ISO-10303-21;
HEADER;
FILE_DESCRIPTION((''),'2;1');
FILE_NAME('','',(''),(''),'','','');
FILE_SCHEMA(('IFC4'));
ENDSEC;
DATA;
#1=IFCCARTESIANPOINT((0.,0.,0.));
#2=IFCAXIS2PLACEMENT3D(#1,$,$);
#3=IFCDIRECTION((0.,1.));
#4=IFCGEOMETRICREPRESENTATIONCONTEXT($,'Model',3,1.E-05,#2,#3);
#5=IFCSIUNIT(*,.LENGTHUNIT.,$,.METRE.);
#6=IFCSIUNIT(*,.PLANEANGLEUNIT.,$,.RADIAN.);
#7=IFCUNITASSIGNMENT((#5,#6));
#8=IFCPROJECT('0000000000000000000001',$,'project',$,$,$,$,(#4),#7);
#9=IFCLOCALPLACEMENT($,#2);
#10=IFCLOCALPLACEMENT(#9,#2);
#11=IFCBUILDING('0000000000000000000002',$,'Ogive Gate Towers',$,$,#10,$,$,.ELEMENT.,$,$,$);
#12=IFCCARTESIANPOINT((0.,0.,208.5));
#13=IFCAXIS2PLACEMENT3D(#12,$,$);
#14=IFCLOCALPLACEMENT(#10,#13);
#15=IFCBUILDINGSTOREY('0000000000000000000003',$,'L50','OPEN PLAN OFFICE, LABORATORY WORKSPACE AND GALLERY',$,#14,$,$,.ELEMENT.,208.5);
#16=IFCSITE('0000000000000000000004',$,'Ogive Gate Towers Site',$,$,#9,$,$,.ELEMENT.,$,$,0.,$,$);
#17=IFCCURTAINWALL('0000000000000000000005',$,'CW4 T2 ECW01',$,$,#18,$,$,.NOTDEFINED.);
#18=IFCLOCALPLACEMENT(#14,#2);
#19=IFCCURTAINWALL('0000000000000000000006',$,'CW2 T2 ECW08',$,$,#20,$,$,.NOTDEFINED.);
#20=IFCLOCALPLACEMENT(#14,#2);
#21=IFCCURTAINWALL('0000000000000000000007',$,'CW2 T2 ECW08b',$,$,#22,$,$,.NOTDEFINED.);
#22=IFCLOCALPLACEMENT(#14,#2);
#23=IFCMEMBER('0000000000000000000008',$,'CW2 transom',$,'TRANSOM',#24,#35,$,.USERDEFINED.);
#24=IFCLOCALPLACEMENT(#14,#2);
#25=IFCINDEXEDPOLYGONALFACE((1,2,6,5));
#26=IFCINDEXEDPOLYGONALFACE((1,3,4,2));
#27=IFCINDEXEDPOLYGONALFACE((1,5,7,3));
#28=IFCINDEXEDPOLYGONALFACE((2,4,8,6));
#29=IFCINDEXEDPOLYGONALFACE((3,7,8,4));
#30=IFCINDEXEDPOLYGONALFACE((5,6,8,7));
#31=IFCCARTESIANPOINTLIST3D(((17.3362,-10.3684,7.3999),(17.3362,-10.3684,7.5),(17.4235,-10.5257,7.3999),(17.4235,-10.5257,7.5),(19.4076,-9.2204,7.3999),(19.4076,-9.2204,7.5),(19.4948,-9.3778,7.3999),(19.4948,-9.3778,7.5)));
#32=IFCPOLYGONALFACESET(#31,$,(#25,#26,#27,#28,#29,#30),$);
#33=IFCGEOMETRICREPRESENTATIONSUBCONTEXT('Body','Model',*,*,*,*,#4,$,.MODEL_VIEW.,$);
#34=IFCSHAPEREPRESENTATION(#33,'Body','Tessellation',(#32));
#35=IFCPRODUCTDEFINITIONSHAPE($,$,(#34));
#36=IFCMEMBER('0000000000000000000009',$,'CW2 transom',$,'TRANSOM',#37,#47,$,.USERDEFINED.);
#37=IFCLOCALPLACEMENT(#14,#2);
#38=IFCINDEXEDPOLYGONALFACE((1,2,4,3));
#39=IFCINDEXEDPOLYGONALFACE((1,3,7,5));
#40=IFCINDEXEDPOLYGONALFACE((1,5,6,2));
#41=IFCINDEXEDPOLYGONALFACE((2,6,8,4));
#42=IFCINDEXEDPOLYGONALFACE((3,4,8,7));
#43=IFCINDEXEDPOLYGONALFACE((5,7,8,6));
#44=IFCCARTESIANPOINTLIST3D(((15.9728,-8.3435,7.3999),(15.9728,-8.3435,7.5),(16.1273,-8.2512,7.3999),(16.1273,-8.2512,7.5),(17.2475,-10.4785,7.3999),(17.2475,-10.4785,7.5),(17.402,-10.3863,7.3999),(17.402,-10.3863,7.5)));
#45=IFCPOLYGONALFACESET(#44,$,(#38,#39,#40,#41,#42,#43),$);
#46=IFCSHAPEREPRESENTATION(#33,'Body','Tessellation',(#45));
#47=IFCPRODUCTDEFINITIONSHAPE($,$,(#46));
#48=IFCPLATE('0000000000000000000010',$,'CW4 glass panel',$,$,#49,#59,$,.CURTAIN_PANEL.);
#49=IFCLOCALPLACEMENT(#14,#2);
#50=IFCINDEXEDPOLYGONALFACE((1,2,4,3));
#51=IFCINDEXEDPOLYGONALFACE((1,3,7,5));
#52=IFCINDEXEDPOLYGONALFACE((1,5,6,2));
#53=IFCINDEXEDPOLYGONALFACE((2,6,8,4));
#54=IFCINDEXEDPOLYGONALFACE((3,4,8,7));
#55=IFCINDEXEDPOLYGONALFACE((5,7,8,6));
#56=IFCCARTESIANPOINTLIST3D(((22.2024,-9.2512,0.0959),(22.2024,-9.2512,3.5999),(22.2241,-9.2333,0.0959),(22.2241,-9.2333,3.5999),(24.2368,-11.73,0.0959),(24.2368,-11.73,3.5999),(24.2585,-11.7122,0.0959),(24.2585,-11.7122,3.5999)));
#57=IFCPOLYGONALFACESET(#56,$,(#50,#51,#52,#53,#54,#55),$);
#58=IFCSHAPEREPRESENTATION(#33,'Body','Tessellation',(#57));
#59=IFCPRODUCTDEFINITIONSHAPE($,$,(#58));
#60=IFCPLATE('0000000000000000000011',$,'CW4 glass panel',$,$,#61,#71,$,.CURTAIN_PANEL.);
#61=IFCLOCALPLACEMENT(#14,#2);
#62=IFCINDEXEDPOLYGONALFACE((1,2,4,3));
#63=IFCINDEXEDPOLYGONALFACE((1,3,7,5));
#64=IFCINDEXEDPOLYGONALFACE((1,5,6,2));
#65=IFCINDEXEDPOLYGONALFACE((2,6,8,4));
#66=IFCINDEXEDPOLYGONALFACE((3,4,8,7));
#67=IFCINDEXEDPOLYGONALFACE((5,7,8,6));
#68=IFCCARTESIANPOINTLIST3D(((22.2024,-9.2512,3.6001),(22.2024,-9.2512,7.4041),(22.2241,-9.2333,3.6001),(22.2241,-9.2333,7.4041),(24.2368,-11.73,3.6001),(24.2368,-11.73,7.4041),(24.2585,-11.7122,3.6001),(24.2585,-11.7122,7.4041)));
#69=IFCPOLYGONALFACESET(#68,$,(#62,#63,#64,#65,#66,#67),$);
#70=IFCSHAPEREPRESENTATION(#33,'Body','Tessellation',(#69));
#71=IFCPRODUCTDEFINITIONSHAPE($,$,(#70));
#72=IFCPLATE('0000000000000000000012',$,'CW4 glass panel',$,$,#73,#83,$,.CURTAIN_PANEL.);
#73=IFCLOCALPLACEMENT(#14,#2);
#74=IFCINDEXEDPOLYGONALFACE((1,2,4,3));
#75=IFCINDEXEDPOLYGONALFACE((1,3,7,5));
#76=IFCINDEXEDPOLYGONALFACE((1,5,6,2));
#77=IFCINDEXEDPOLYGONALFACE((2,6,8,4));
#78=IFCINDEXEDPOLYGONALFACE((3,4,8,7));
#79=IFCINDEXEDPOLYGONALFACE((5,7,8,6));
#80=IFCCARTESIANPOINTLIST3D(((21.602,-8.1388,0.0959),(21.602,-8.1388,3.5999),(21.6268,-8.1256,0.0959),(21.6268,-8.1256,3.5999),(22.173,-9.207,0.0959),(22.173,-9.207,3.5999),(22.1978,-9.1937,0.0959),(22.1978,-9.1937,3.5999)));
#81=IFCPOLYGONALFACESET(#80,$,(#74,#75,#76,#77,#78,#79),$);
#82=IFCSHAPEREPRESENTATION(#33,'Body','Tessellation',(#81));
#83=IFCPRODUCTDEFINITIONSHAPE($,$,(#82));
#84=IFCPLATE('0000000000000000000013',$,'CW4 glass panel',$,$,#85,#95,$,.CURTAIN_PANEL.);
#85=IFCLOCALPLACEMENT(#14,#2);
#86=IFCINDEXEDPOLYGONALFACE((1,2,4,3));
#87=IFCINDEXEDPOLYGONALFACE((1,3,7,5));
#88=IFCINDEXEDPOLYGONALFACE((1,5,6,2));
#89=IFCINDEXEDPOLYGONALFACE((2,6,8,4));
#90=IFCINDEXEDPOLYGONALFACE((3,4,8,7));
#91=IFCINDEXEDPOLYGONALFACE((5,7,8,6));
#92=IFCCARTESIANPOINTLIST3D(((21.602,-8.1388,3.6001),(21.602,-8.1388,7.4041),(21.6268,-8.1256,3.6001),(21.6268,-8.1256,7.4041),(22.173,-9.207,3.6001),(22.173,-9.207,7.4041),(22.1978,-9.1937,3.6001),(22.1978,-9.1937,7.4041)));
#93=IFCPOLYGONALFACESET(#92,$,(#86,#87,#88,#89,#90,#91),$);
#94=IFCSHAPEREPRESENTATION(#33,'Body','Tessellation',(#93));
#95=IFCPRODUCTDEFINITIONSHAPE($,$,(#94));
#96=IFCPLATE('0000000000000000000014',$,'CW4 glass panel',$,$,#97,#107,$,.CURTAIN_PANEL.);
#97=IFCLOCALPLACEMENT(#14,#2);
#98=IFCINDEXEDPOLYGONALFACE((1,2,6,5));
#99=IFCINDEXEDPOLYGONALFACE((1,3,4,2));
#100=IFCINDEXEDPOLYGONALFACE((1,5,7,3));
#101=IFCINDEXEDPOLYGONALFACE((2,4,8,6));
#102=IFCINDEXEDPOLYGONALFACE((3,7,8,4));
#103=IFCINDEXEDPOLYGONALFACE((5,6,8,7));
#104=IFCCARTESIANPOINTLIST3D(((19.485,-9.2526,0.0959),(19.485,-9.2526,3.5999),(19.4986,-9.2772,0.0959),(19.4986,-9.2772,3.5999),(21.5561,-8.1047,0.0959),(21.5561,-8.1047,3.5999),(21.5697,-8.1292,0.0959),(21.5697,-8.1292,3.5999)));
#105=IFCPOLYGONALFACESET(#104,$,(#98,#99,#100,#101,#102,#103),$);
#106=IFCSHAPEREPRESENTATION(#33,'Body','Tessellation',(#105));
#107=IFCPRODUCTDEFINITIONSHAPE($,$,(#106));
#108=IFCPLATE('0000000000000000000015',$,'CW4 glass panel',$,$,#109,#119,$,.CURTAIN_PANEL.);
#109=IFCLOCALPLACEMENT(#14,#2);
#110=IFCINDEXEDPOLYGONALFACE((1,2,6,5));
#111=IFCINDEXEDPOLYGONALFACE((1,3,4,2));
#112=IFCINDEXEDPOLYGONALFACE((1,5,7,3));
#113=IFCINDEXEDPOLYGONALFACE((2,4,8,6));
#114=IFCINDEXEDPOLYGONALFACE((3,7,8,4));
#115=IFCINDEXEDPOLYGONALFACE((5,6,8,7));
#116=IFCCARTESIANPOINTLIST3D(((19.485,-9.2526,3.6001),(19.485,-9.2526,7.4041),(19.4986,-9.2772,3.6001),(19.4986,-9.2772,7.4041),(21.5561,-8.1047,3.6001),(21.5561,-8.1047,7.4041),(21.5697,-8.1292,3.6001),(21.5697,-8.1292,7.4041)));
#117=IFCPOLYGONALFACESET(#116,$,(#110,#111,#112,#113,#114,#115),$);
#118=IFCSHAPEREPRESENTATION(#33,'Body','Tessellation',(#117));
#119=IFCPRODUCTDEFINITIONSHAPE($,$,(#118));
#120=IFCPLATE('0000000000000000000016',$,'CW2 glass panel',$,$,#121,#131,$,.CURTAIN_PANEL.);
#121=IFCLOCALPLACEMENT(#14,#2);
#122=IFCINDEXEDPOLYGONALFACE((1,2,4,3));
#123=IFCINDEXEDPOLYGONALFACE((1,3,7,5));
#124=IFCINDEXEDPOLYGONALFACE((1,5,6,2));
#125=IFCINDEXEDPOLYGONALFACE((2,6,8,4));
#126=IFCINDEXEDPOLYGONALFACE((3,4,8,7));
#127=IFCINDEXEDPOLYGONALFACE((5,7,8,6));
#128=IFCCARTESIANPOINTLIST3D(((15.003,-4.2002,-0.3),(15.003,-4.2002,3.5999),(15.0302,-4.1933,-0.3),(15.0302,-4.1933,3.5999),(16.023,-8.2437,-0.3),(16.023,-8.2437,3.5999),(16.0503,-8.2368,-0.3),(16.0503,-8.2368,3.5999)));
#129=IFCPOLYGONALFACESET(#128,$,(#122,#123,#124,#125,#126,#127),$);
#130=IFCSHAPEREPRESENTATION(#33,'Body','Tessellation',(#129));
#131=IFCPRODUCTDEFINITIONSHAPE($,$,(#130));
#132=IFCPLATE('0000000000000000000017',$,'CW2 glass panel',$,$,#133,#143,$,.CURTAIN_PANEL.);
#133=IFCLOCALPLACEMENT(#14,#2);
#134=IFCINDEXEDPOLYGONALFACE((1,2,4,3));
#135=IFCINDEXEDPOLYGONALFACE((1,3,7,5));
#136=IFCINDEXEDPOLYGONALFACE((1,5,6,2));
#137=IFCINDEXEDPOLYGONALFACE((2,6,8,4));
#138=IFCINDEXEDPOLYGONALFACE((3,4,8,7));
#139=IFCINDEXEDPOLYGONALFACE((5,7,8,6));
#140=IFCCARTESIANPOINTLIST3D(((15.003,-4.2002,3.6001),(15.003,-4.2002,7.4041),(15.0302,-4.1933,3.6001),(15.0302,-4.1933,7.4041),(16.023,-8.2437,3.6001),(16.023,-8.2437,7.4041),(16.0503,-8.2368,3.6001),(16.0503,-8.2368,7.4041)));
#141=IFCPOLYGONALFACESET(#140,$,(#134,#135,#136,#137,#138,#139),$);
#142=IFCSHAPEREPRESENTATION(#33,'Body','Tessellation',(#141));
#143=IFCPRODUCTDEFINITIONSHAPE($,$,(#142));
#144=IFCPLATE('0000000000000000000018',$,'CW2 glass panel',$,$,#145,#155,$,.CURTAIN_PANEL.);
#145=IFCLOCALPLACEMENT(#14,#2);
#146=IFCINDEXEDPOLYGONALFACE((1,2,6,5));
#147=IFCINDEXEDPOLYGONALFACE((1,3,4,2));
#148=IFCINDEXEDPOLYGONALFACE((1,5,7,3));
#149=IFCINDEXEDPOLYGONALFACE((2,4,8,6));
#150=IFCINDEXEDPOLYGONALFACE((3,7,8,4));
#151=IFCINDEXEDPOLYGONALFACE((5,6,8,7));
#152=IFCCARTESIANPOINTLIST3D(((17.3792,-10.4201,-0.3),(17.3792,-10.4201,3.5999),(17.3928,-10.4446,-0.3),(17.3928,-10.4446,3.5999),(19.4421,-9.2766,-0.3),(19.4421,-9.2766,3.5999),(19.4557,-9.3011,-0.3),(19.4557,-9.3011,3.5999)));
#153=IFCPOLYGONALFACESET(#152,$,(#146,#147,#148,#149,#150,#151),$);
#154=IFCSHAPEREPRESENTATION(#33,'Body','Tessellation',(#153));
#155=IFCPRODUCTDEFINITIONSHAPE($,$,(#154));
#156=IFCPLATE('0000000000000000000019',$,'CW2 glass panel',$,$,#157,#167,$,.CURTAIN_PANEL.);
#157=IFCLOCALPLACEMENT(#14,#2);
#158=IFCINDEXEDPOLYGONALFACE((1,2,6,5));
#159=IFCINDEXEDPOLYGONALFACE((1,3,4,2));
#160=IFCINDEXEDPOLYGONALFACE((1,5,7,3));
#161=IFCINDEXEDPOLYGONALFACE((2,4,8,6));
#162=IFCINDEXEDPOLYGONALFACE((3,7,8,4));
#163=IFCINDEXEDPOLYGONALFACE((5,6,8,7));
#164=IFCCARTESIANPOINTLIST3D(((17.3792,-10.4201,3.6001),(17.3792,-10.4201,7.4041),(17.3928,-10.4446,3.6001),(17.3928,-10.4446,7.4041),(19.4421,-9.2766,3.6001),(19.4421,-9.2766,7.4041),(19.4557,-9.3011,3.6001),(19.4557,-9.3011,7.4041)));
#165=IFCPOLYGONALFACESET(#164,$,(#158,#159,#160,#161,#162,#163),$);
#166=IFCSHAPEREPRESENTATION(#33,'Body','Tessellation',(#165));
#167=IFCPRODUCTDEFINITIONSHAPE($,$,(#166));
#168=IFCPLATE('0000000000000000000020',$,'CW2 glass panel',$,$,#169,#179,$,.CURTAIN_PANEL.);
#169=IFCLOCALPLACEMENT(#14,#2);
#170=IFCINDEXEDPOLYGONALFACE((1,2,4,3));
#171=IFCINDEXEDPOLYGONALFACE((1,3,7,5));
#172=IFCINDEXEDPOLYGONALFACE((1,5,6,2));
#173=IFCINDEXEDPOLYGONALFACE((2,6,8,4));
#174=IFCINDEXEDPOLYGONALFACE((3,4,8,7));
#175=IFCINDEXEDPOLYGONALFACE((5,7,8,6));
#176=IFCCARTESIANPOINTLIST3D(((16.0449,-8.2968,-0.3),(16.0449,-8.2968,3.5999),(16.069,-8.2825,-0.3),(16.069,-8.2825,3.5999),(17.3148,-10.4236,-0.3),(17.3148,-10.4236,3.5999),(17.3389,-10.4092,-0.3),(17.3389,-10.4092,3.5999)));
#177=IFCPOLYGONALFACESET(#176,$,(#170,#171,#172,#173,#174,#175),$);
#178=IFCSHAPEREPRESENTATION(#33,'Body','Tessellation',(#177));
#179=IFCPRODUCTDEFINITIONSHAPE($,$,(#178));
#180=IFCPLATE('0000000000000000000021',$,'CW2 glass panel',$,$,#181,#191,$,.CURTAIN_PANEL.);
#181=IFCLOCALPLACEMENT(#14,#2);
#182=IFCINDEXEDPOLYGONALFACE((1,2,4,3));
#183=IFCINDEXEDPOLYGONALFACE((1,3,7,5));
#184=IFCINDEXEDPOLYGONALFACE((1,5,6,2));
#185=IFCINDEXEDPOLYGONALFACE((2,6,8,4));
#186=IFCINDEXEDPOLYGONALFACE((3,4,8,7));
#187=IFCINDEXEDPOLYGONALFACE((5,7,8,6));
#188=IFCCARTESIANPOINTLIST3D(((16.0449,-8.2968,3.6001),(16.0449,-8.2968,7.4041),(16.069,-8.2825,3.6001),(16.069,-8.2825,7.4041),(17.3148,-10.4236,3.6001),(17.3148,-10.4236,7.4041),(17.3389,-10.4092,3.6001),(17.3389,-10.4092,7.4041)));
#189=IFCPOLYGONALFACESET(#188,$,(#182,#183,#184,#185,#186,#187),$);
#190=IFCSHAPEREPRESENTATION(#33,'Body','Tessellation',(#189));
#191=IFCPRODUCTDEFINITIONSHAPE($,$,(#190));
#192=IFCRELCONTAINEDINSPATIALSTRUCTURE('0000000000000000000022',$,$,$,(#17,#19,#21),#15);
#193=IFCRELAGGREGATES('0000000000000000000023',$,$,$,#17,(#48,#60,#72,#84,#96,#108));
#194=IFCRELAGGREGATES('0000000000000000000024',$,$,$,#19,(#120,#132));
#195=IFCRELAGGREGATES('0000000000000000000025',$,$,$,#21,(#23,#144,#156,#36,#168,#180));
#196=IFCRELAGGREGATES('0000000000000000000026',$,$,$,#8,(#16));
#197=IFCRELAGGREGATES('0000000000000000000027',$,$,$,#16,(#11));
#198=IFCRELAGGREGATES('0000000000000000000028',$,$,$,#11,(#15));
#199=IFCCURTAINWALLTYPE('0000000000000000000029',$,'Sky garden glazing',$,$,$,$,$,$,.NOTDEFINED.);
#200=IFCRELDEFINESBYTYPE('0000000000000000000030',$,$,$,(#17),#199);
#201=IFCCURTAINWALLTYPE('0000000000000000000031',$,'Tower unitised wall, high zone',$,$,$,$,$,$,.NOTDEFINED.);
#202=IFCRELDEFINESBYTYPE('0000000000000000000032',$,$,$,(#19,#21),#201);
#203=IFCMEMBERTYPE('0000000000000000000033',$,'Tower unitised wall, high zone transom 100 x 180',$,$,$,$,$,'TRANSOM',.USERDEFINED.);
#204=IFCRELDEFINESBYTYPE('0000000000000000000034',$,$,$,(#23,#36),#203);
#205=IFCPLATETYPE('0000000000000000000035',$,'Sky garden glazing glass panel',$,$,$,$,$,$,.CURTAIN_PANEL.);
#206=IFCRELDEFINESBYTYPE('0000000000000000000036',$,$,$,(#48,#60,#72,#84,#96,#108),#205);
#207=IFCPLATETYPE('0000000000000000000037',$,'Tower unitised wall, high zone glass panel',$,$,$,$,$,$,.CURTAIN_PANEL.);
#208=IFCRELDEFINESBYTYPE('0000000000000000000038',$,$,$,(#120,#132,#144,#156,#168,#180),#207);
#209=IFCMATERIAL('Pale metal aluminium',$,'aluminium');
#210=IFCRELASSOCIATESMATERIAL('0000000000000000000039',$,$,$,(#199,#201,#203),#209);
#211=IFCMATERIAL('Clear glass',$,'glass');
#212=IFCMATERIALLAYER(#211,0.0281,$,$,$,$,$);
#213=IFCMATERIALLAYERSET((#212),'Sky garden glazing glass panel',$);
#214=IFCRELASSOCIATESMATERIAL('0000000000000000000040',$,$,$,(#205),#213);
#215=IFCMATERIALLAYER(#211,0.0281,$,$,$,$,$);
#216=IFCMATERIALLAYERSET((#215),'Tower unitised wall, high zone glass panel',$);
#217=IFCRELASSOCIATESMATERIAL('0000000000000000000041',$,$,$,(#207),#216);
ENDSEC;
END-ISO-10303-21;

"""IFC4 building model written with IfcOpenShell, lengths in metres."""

from ifc_helpers import new_model, si_unit, direction, frame, origin, origin_2d, place, context, subcontext, project, spatial, rectangle, extrude, material, layer, layer_set, material_profile, profile_set, type_object, element, aggregate, save


model = new_model("IFC4")

# Units and contexts
model_context = context("Model", 3, precision=1e-05, world=origin(), true_north=direction((0.0, 1.0)))
body_context = subcontext(model_context, "Body", "Model", "MODEL_VIEW")
ifc_project = project(units=[si_unit("LENGTHUNIT", "METRE"), si_unit("PLANEANGLEUNIT", "RADIAN")], contexts=[model_context])

# Site, building, storey
site_placement = place(None, origin())
site = spatial("IfcSite", under=ifc_project, at=site_placement, Name="Ogive Gate Towers Site", CompositionType="ELEMENT", RefElevation=0.0)
building_placement = place(site_placement, origin())
building = spatial("IfcBuilding", under=site, at=building_placement, Name="Ogive Gate Towers", CompositionType="ELEMENT")
storey_placement = place(building_placement, frame((0.0, 0.0, 208.5)))
storey = spatial("IfcBuildingStorey", under=building, at=storey_placement, Name="L50", Description="OPEN PLAN OFFICE, LABORATORY WORKSPACE AND GALLERY", CompositionType="ELEMENT", Elevation=208.5)

# Curtain wall
ifc_material_1 = material(Name="Pale metal aluminium", Category="aluminium")
curtain_wall_type_1 = type_object("IfcCurtainWallType", Name="Sky garden glazing", PredefinedType="NOTDEFINED", material=ifc_material_1)
curtain_wall_1_placement = place(storey_placement, origin())
curtain_wall_1 = element("IfcCurtainWall", 1, at=curtain_wall_1_placement, inside=storey, type_object=curtain_wall_type_1, Name="CW4 T2 ECW01", PredefinedType="NOTDEFINED")

# Curtain walls
curtain_wall_type_2 = type_object("IfcCurtainWallType", Name="Tower unitised wall, high zone", PredefinedType="NOTDEFINED", material=ifc_material_1)
curtain_wall_2_placement = place(storey_placement, origin())
curtain_wall_2 = element("IfcCurtainWall", 2, at=curtain_wall_2_placement, inside=storey, type_object=curtain_wall_type_2, Name="CW2 T2 ECW08", PredefinedType="NOTDEFINED")
curtain_wall_3_placement = place(storey_placement, origin())
curtain_wall_3 = element("IfcCurtainWall", 3, at=curtain_wall_3_placement, inside=storey, type_object=curtain_wall_type_2, Name="CW2 T2 ECW08b", PredefinedType="NOTDEFINED")

# Members
ifc_material_profile_1 = material_profile(ifc_material_1, rectangle(XDim=0.1799, YDim=0.1001, at=origin_2d()), Name="100 x 180 aluminium box")
ifc_profile_set_1 = profile_set([ifc_material_profile_1], Name="Pale metal aluminium")
member_type_1 = type_object("IfcMemberType", Name="Tower unitised wall, high zone transom 100 x 180", ElementType="TRANSOM", PredefinedType="USERDEFINED", material=ifc_profile_set_1)
member_1_placement = place(storey_placement, frame((19.4512, -9.2991, 7.45), z_axis=(-0.874653, -0.48475, 0.0), x_axis=(0.48475, -0.874653, 0.0)))
member_1 = element("IfcMember", 4, at=member_1_placement, type_object=member_type_1, Name="CW2 transom", ObjectType="TRANSOM", PredefinedType="USERDEFINED", context=body_context, shape_type="SweptSolid", body=[
    extrude(rectangle(XDim=0.1799, YDim=0.1001, at=origin_2d()), origin(), (0.0, 0.0, 1.0), 2.3682),
])
member_2_placement = place(storey_placement, frame((17.3247, -10.4324, 7.45), z_axis=(-0.512617, 0.858617, 0.0), x_axis=(-0.858617, -0.512617, 0.0)))
member_2 = element("IfcMember", 5, at=member_2_placement, type_object=member_type_1, Name="CW2 transom", ObjectType="TRANSOM", PredefinedType="USERDEFINED", context=body_context, shape_type="SweptSolid", body=[
    extrude(rectangle(XDim=0.1799, YDim=0.1001, at=origin_2d()), origin(), (0.0, 0.0, 1.0), 2.4866),
])

# Plates
ifc_material_2 = material(Name="Clear glass", Category="glass")
ifc_layer_1 = layer(ifc_material_2, 0.0281)
ifc_layer_set_1 = layer_set([ifc_layer_1], Name="Sky garden glazing glass panel")
plate_type_1 = type_object("IfcPlateType", Name="Sky garden glazing glass panel", PredefinedType="CURTAIN_PANEL", material=ifc_layer_set_1)
plate_1_placement = place(storey_placement, frame((23.2305, -10.4817, 0.0959), z_axis=(0.0, 0.0, 1.0), x_axis=(-0.634393, 0.77301, 0.0)))
plate_1 = element("IfcPlate", 6, at=plate_1_placement, type_object=plate_type_1, Name="CW4 glass panel", PredefinedType="CURTAIN_PANEL", context=body_context, shape_type="SweptSolid", body=[
    extrude(rectangle(XDim=3.2068, YDim=0.0281, at=origin_2d()), origin(), (0.0, 0.0, 1.0), 3.5039),
])
plate_2_placement = place(storey_placement, frame((23.2305, -10.4817, 3.6001), z_axis=(0.0, 0.0, 1.0), x_axis=(-0.634393, 0.77301, 0.0)))
plate_2 = element("IfcPlate", 7, at=plate_2_placement, type_object=plate_type_1, Name="CW4 glass panel", PredefinedType="CURTAIN_PANEL", context=body_context, shape_type="SweptSolid", body=[
    extrude(rectangle(XDim=3.2068, YDim=0.0281, at=origin_2d()), origin(), (0.0, 0.0, 1.0), 3.804),
])
plate_3_placement = place(storey_placement, frame((21.8999, -8.6663, 0.0959), z_axis=(0.0, 0.0, 1.0), x_axis=(-0.471397, 0.881921, 0.0)))
plate_3 = element("IfcPlate", 8, at=plate_3_placement, type_object=plate_type_1, Name="CW4 glass panel", PredefinedType="CURTAIN_PANEL", context=body_context, shape_type="SweptSolid", body=[
    extrude(rectangle(XDim=1.2112, YDim=0.0281, at=origin_2d()), origin(), (0.0, 0.0, 1.0), 3.5039),
])
plate_4_placement = place(storey_placement, frame((21.8999, -8.6663, 3.6001), z_axis=(0.0, 0.0, 1.0), x_axis=(-0.471397, 0.881921, 0.0)))
plate_4 = element("IfcPlate", 9, at=plate_4_placement, type_object=plate_type_1, Name="CW4 glass panel", PredefinedType="CURTAIN_PANEL", context=body_context, shape_type="SweptSolid", body=[
    extrude(rectangle(XDim=1.2112, YDim=0.0281, at=origin_2d()), origin(), (0.0, 0.0, 1.0), 3.804),
])
plate_5_placement = place(storey_placement, frame((20.5273, -8.6909, 0.0959), z_axis=(0.0, 0.0, 1.0), x_axis=(-0.874628, -0.484794, 0.0)))
plate_5 = element("IfcPlate", 10, at=plate_5_placement, type_object=plate_type_1, Name="CW4 glass panel", PredefinedType="CURTAIN_PANEL", context=body_context, shape_type="SweptSolid", body=[
    extrude(rectangle(XDim=2.3679, YDim=0.0281, at=origin_2d()), origin(), (0.0, 0.0, 1.0), 3.5039),
])
plate_6_placement = place(storey_placement, frame((20.5273, -8.6909, 3.6001), z_axis=(0.0, 0.0, 1.0), x_axis=(-0.874628, -0.484794, 0.0)))
plate_6 = element("IfcPlate", 11, at=plate_6_placement, type_object=plate_type_1, Name="CW4 glass panel", PredefinedType="CURTAIN_PANEL", context=body_context, shape_type="SweptSolid", body=[
    extrude(rectangle(XDim=2.3679, YDim=0.0281, at=origin_2d()), origin(), (0.0, 0.0, 1.0), 3.804),
])
aggregate(curtain_wall_1, [plate_1, plate_2, plate_3, plate_4, plate_5, plate_6])
ifc_layer_2 = layer(ifc_material_2, 0.0281)
ifc_layer_set_2 = layer_set([ifc_layer_2], Name="Tower unitised wall, high zone glass panel")
plate_type_2 = type_object("IfcPlateType", Name="Tower unitised wall, high zone glass panel", PredefinedType="CURTAIN_PANEL", material=ifc_layer_set_2)
plate_7_placement = place(storey_placement, frame((15.5266, -6.2185, -0.3), z_axis=(0.0, 0.0, 1.0), x_axis=(-0.244614, 0.969621, 0.0)))
plate_7 = element("IfcPlate", 12, at=plate_7_placement, type_object=plate_type_2, Name="CW2 glass panel", PredefinedType="CURTAIN_PANEL", context=body_context, shape_type="SweptSolid", body=[
    extrude(rectangle(XDim=4.1702, YDim=0.0281, at=origin_2d()), origin(), (0.0, 0.0, 1.0), 3.8999),
])
plate_8_placement = place(storey_placement, frame((15.5266, -6.2185, 3.6001), z_axis=(0.0, 0.0, 1.0), x_axis=(-0.244614, 0.969621, 0.0)))
plate_8 = element("IfcPlate", 13, at=plate_8_placement, type_object=plate_type_2, Name="CW2 glass panel", PredefinedType="CURTAIN_PANEL", context=body_context, shape_type="SweptSolid", body=[
    extrude(rectangle(XDim=4.1702, YDim=0.0281, at=origin_2d()), origin(), (0.0, 0.0, 1.0), 3.804),
])
aggregate(curtain_wall_2, [plate_7, plate_8])
plate_9_placement = place(storey_placement, frame((18.4175, -9.8606, -0.3), z_axis=(0.0, 0.0, 1.0), x_axis=(-0.87462, -0.48481, 0.0)))
plate_9 = element("IfcPlate", 14, at=plate_9_placement, type_object=plate_type_2, Name="CW2 glass panel", PredefinedType="CURTAIN_PANEL", context=body_context, shape_type="SweptSolid", body=[
    extrude(rectangle(XDim=2.3586, YDim=0.0281, at=origin_2d()), origin(), (0.0, 0.0, 1.0), 3.8999),
])
plate_10_placement = place(storey_placement, frame((18.4175, -9.8606, 3.6001), z_axis=(0.0, 0.0, 1.0), x_axis=(-0.87462, -0.48481, 0.0)))
plate_10 = element("IfcPlate", 15, at=plate_10_placement, type_object=plate_type_2, Name="CW2 glass panel", PredefinedType="CURTAIN_PANEL", context=body_context, shape_type="SweptSolid", body=[
    extrude(rectangle(XDim=2.3586, YDim=0.0281, at=origin_2d()), origin(), (0.0, 0.0, 1.0), 3.804),
])
plate_11_placement = place(storey_placement, frame((16.6919, -9.353, -0.3), z_axis=(0.0, 0.0, 1.0), x_axis=(-0.512672, 0.858584, 0.0)))
plate_11 = element("IfcPlate", 16, at=plate_11_placement, type_object=plate_type_2, Name="CW2 glass panel", PredefinedType="CURTAIN_PANEL", context=body_context, shape_type="SweptSolid", body=[
    extrude(rectangle(XDim=2.4771, YDim=0.0281, at=origin_2d()), origin(), (0.0, 0.0, 1.0), 3.8999),
])
plate_12_placement = place(storey_placement, frame((16.6919, -9.353, 3.6001), z_axis=(0.0, 0.0, 1.0), x_axis=(-0.512672, 0.858584, 0.0)))
plate_12 = element("IfcPlate", 17, at=plate_12_placement, type_object=plate_type_2, Name="CW2 glass panel", PredefinedType="CURTAIN_PANEL", context=body_context, shape_type="SweptSolid", body=[
    extrude(rectangle(XDim=2.4771, YDim=0.0281, at=origin_2d()), origin(), (0.0, 0.0, 1.0), 3.804),
])
aggregate(curtain_wall_3, [member_1, plate_9, plate_10, member_2, plate_11, plate_12])

save(model, "model.ifc")
